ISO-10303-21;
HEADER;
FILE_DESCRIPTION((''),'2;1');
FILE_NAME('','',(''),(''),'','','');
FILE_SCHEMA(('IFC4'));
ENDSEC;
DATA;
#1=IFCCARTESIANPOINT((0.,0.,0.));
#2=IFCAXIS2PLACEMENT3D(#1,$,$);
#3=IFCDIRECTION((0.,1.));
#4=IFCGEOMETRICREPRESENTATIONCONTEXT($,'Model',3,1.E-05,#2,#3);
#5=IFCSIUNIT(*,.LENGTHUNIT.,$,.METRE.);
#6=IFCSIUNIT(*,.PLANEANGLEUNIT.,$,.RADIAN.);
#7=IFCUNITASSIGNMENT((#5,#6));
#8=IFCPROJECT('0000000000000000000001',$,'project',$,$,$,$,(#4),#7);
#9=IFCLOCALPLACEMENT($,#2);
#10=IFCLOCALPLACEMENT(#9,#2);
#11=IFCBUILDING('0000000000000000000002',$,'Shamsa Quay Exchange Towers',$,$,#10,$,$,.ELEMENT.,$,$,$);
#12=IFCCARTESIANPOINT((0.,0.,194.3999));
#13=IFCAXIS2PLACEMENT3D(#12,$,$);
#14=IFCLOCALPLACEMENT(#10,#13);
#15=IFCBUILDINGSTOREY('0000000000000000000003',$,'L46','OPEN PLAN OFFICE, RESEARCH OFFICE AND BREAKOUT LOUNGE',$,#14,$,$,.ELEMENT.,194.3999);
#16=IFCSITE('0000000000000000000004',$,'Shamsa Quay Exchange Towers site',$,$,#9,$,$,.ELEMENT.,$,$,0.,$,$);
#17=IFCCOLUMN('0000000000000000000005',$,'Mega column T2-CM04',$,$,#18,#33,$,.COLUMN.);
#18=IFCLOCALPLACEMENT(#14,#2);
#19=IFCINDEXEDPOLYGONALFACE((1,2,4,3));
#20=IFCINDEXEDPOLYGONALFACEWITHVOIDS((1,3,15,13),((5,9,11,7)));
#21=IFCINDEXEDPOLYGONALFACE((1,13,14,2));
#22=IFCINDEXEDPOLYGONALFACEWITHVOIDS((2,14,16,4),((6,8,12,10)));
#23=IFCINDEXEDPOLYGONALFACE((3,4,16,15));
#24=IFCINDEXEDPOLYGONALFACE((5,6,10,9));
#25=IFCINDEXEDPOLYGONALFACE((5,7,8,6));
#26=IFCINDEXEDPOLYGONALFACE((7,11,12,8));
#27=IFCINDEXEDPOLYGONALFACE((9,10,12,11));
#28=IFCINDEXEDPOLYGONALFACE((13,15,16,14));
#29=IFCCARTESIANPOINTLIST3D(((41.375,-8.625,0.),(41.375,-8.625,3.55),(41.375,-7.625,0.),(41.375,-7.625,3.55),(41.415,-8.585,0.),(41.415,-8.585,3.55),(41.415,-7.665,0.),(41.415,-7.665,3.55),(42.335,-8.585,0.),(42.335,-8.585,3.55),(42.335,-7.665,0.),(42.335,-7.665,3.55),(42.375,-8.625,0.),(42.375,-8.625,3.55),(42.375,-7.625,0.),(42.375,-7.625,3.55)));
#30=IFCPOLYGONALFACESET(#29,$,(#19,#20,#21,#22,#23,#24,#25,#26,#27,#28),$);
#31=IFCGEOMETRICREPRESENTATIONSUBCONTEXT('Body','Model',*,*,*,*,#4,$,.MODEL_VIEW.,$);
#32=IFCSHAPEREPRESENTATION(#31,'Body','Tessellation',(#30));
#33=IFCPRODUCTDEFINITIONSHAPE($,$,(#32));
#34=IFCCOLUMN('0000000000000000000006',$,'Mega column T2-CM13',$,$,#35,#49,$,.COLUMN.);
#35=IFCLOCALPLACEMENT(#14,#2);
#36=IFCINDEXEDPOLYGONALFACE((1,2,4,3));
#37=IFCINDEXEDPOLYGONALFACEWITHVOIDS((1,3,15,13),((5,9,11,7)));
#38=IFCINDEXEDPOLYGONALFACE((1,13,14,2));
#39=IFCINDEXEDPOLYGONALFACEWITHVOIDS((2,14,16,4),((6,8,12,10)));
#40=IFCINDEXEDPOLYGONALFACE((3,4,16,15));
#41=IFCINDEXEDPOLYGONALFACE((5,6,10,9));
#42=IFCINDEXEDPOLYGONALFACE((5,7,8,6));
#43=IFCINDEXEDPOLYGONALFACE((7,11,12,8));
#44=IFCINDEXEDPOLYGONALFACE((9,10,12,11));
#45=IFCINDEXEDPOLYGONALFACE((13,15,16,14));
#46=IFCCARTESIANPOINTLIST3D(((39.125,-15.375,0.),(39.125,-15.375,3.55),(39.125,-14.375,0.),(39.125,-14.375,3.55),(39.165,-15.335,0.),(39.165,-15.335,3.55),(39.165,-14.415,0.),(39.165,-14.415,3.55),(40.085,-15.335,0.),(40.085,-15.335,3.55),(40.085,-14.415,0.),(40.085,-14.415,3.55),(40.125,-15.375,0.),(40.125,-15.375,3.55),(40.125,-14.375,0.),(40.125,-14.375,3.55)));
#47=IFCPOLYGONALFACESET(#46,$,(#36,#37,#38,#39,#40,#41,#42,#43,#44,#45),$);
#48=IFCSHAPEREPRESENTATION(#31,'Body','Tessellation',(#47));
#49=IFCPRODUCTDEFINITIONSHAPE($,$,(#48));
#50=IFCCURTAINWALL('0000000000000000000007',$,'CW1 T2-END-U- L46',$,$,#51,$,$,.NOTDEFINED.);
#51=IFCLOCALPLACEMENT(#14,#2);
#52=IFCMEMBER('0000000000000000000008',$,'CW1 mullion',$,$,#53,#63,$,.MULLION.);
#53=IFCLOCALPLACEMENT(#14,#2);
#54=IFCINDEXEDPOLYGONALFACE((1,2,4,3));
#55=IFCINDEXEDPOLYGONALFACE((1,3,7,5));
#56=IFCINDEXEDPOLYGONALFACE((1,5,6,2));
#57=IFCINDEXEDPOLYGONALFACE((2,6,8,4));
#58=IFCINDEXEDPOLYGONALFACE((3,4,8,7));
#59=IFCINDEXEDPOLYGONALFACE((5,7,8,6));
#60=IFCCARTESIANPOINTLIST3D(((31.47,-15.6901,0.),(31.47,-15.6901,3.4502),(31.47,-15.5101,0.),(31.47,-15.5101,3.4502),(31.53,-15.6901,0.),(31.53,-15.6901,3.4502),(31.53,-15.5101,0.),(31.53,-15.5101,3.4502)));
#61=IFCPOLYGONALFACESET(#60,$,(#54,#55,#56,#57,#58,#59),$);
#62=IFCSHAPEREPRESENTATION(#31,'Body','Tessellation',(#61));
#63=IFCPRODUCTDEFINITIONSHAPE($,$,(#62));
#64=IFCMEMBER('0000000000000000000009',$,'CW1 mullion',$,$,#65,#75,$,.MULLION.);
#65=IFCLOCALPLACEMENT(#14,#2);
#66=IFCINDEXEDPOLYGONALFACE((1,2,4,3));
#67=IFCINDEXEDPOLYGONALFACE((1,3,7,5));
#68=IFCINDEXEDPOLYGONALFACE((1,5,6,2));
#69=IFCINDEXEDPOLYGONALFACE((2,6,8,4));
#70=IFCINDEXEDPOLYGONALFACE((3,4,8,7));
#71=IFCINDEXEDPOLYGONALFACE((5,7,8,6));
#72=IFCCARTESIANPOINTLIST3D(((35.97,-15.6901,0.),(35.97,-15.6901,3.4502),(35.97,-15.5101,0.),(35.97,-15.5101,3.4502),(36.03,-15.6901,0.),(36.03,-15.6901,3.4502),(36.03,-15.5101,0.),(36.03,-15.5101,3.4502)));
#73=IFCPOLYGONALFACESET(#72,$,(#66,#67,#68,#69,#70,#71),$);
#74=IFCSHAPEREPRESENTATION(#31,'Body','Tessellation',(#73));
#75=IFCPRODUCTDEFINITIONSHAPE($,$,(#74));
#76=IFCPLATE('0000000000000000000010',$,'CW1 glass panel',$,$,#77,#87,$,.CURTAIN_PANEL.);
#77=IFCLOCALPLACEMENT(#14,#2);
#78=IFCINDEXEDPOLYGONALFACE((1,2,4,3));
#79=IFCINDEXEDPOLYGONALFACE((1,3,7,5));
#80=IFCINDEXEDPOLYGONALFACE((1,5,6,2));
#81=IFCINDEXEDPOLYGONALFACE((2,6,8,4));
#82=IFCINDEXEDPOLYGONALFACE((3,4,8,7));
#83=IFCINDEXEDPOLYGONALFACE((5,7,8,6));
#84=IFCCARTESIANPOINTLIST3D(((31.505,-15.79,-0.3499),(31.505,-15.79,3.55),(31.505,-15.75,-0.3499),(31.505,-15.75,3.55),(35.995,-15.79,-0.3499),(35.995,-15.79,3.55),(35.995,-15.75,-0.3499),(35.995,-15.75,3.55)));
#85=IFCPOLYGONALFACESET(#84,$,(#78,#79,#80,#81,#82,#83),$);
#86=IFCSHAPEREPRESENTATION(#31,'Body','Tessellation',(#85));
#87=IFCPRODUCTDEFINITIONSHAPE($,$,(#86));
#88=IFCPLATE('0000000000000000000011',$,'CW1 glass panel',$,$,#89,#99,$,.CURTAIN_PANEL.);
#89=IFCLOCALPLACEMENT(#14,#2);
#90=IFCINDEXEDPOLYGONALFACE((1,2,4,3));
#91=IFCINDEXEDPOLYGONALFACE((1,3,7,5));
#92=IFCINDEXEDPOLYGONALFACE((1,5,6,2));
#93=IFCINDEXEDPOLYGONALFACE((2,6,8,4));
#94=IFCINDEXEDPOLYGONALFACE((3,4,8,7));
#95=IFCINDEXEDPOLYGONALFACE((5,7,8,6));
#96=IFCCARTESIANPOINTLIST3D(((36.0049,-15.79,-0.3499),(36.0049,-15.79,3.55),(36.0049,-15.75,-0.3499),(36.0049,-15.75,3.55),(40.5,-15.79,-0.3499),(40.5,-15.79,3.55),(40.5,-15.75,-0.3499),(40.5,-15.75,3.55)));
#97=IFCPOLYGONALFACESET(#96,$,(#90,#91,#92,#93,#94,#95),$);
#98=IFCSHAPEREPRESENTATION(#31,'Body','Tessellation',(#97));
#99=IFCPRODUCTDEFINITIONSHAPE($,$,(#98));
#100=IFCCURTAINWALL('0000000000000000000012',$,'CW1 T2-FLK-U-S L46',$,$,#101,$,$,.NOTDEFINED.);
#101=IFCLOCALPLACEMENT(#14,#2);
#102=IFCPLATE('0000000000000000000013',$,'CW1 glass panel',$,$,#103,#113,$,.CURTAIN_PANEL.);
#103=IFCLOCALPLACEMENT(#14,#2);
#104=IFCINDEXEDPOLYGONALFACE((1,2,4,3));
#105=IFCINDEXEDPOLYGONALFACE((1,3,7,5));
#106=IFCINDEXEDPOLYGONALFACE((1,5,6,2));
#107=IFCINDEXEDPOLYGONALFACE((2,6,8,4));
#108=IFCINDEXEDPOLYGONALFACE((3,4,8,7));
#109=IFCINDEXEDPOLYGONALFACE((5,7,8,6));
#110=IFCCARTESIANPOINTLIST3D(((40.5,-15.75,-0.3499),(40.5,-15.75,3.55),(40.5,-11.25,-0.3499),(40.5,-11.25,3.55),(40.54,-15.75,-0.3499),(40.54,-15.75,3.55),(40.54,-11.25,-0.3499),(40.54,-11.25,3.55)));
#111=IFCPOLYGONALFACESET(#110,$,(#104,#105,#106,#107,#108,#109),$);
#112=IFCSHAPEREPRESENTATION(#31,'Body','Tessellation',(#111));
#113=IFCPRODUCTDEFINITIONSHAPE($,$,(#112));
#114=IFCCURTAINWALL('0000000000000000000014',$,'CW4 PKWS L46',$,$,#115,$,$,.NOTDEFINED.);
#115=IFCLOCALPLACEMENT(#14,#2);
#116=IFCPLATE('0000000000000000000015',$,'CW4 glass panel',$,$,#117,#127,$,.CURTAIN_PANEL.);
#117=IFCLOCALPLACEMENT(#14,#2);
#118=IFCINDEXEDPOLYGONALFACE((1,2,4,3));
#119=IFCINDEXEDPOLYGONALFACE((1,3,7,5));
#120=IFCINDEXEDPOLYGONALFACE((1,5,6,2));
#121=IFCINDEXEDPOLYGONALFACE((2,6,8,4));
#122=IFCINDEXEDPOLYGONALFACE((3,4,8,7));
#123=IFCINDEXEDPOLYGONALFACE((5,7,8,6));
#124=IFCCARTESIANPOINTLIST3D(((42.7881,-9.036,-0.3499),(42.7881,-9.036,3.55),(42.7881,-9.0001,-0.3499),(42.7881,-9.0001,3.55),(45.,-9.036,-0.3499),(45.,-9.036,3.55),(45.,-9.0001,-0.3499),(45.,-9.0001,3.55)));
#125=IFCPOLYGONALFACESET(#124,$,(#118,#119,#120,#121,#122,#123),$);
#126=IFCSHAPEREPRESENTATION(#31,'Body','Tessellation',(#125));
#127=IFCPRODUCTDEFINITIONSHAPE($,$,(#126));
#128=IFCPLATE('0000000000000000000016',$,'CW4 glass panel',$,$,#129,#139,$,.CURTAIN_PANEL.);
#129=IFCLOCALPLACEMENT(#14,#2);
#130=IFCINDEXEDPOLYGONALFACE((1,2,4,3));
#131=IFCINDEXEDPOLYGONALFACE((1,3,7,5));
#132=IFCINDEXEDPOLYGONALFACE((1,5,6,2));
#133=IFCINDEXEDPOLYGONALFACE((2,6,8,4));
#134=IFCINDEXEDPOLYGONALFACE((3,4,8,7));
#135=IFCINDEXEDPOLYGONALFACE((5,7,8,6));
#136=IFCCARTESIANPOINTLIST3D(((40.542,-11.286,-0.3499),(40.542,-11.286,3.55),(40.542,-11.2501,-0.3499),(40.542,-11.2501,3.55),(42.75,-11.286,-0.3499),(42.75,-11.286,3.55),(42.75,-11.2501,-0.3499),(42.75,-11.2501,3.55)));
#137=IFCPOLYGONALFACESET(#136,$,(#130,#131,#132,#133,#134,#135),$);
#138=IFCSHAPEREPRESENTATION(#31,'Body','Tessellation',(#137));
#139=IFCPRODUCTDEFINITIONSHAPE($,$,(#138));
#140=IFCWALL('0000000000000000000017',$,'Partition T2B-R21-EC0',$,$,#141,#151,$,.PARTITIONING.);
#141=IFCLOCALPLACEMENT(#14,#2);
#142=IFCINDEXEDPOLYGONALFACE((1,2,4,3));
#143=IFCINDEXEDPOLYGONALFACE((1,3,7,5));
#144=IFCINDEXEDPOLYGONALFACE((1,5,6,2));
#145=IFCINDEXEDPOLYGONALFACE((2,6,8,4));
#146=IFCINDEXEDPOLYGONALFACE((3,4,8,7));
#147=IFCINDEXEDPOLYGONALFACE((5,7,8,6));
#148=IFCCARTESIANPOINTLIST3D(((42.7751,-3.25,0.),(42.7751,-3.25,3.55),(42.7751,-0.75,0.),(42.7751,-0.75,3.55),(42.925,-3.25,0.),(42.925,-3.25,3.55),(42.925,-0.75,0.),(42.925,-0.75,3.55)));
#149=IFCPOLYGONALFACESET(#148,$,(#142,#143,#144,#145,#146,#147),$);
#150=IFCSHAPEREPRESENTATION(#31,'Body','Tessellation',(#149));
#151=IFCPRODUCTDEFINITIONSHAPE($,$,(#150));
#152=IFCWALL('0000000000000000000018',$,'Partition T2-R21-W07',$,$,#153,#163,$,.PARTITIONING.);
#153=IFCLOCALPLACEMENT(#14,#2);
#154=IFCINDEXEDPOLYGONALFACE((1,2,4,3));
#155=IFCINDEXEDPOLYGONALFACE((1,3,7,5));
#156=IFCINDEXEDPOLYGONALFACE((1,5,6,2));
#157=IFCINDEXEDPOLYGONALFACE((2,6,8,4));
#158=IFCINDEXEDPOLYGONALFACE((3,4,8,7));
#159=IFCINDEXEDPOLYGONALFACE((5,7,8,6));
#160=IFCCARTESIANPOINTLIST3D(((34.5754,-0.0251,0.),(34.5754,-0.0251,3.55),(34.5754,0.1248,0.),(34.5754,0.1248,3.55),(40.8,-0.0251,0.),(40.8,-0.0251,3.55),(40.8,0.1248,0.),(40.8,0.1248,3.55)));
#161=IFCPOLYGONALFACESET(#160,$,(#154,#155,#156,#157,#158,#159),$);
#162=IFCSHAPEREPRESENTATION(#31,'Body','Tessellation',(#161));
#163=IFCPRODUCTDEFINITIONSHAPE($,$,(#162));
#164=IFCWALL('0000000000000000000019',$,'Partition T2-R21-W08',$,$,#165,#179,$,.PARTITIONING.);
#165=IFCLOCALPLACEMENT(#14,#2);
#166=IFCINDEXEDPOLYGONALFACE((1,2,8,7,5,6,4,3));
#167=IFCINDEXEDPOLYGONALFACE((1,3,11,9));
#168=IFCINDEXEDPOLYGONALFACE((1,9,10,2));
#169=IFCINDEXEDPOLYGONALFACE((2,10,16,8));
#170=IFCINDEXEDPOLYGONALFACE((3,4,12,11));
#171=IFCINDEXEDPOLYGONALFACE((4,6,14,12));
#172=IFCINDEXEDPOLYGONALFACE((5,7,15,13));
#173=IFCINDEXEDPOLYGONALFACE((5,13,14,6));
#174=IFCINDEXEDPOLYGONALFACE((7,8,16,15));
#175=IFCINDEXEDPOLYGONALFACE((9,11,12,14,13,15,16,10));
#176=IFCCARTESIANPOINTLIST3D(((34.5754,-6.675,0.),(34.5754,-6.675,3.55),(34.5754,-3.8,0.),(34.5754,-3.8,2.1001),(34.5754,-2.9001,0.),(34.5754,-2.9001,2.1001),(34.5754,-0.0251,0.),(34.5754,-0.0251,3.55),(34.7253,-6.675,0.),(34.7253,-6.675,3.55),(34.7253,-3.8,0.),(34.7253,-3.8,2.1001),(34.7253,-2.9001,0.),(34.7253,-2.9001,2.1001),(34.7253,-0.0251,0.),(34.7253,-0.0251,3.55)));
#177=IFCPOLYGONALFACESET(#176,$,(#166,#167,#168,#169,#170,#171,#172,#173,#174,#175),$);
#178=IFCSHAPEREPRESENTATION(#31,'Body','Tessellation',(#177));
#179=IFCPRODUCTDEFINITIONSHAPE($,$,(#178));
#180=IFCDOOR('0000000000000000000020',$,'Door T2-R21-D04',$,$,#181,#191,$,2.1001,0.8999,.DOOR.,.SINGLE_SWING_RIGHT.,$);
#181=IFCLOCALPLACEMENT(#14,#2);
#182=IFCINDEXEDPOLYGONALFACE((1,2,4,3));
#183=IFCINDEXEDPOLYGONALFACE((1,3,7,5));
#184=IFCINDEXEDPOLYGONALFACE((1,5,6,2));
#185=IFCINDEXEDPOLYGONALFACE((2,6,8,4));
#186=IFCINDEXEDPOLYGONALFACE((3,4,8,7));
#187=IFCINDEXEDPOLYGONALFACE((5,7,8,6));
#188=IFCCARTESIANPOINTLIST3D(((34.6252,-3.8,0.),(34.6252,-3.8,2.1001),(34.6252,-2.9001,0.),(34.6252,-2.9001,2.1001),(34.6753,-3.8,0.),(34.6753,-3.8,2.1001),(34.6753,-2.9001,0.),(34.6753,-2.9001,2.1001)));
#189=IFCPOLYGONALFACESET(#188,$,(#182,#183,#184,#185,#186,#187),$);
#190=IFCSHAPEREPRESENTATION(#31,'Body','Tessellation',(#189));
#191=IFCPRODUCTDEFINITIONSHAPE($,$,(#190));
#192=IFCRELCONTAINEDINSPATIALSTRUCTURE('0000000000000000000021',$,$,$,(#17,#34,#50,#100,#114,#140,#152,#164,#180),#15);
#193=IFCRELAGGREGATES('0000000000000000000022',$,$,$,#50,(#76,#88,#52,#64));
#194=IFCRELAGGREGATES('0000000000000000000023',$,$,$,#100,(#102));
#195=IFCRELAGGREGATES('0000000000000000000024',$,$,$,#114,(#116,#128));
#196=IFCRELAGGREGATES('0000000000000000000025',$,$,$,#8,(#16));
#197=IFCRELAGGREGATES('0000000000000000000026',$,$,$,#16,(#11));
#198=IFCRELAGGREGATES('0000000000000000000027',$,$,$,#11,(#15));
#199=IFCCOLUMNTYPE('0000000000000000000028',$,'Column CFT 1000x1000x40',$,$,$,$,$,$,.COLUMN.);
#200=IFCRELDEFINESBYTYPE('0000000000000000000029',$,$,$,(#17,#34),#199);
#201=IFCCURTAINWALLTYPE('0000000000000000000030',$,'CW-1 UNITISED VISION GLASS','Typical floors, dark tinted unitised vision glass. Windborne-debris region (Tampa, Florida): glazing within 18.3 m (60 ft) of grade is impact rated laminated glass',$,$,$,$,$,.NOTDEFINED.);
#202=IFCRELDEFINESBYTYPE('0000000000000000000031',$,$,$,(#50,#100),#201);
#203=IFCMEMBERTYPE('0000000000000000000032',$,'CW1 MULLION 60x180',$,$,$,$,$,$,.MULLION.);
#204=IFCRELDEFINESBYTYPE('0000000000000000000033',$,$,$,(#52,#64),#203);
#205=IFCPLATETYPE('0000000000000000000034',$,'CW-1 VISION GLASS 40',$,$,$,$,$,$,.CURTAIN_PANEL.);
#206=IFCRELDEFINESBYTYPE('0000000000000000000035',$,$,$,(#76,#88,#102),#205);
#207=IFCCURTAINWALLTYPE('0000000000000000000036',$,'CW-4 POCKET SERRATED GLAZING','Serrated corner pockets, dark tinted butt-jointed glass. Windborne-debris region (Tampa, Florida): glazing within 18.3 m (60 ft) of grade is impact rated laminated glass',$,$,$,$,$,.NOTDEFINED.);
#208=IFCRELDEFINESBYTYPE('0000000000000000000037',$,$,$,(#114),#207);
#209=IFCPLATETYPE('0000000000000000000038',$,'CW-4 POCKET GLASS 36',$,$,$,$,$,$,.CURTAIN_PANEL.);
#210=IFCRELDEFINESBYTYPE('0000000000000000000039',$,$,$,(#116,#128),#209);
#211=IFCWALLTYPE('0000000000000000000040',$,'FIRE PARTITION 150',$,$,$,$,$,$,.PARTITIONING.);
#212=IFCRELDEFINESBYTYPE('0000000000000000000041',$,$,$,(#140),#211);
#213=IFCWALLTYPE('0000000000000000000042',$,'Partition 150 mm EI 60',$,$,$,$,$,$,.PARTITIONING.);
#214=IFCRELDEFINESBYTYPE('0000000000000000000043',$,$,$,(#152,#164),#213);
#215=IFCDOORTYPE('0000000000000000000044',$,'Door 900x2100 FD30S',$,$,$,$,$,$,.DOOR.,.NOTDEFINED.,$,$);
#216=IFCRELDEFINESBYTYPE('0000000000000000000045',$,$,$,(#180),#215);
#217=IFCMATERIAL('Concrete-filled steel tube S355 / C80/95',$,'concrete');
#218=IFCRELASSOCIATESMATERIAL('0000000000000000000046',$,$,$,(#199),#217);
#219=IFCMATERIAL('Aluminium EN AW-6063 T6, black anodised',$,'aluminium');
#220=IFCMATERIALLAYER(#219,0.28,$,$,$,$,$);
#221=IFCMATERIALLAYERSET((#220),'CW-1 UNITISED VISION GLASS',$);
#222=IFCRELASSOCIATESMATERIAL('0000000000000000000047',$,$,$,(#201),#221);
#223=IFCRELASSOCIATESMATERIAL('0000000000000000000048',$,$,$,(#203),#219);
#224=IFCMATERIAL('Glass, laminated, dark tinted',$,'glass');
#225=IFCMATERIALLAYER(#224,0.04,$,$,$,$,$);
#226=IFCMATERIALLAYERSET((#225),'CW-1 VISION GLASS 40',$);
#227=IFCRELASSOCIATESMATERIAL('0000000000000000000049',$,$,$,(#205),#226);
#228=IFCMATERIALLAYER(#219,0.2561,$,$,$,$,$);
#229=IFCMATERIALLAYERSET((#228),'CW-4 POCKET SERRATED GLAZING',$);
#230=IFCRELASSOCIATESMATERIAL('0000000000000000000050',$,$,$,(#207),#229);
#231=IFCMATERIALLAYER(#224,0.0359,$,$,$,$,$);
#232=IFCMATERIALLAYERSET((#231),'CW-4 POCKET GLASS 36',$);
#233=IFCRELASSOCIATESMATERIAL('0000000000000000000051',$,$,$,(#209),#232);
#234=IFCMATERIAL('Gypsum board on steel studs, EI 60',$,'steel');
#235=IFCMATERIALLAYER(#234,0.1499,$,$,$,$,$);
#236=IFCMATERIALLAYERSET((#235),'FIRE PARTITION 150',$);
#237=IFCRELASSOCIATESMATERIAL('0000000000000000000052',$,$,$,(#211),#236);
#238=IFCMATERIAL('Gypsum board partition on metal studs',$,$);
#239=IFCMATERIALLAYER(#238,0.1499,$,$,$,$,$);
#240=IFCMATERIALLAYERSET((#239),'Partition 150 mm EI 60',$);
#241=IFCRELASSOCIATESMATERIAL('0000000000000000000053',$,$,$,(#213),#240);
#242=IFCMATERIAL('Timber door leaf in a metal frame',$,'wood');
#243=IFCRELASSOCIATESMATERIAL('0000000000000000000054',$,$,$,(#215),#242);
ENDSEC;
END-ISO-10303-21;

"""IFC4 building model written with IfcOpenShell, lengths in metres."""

from ifc_helpers import new_model, si_unit, direction, frame, frame_2d, origin, origin_2d, place, context, subcontext, project, spatial, rectangle, hollow_rectangle, extrude, material, layer, layer_set, material_profile, profile_set, type_object, element, fill, aggregate, save


model = new_model("IFC4")

# Units and contexts
model_context = context("Model", 3, precision=1e-05, world=origin(), true_north=direction((0.0, 1.0)))
body_context = subcontext(model_context, "Body", "Model", "MODEL_VIEW")
ifc_project = project(units=[si_unit("LENGTHUNIT", "METRE"), si_unit("PLANEANGLEUNIT", "RADIAN")], contexts=[model_context])

# Site, building, storey
site_placement = place(None, origin())
site = spatial("IfcSite", under=ifc_project, at=site_placement, Name="Shamsa Quay Exchange Towers site", CompositionType="ELEMENT", RefElevation=0.0)
building_placement = place(site_placement, origin())
building = spatial("IfcBuilding", under=site, at=building_placement, Name="Shamsa Quay Exchange Towers", CompositionType="ELEMENT")
storey_placement = place(building_placement, frame((0.0, 0.0, 194.3999)))
storey = spatial("IfcBuildingStorey", under=building, at=storey_placement, Name="L46", Description="OPEN PLAN OFFICE, RESEARCH OFFICE AND BREAKOUT LOUNGE", CompositionType="ELEMENT", Elevation=194.3999)

# Columns
ifc_material_1 = material(Name="Concrete-filled steel tube S355 / C80/95", Category="concrete")
ifc_material_profile_1 = material_profile(ifc_material_1, hollow_rectangle(XDim=1.0, YDim=1.0, WallThickness=0.04, at=origin_2d()), Name="CFT 1000x1000x40")
ifc_profile_set_1 = profile_set([ifc_material_profile_1], Name="Concrete-filled steel tube S355 / C80/95")
column_type = type_object("IfcColumnType", Name="Column CFT 1000x1000x40", PredefinedType="COLUMN", material=ifc_profile_set_1)
for number, where, name in (
    (1, (41.875, -8.125, 0.0), "Mega column T2-CM04"),
    (2, (39.625, -14.875, 0.0), "Mega column T2-CM13"),
):
    element("IfcColumn", number, at=place(storey_placement, frame(where)), inside=storey, type_object=column_type, Name=name, PredefinedType="COLUMN", context=body_context, shape_type="SweptSolid", body=[
        extrude(hollow_rectangle(XDim=1.0, YDim=1.0, WallThickness=0.04, at=origin_2d()), origin(), (0.0, 0.0, 1.0), 3.55),
    ])

# Curtain wall, members, plates
ifc_material_2 = material(Name="Aluminium EN AW-6063 T6, black anodised", Category="aluminium")
ifc_layer_1 = layer(ifc_material_2, 0.28)
ifc_layer_set_1 = layer_set([ifc_layer_1], Name="CW-1 UNITISED VISION GLASS")
curtain_wall_type_1 = type_object("IfcCurtainWallType", Name="CW-1 UNITISED VISION GLASS", Description="Typical floors, dark tinted unitised vision glass. Windborne-debris region (Tampa, Florida): glazing within 18.3 m (60 ft) of grade is impact rated laminated glass", PredefinedType="NOTDEFINED", material=ifc_layer_set_1)
curtain_wall_1_placement = place(storey_placement, origin())
curtain_wall_1 = element("IfcCurtainWall", 3, at=curtain_wall_1_placement, inside=storey, type_object=curtain_wall_type_1, Name="CW1 T2-END-U- L46", PredefinedType="NOTDEFINED")
ifc_material_profile_2 = material_profile(ifc_material_2, rectangle(XDim=0.1799, YDim=0.0601, at=origin_2d()), Name="MU60x180")
ifc_profile_set_2 = profile_set([ifc_material_profile_2], Name="Aluminium EN AW-6063 T6, black anodised")
member_type = type_object("IfcMemberType", Name="CW1 MULLION 60x180", PredefinedType="MULLION", material=ifc_profile_set_2)
member_1_placement = place(storey_placement, frame((31.5, -15.6001, 0.0), z_axis=(0.0, 0.0, 1.0), x_axis=(0.0, 1.0, 0.0)))
member_1 = element("IfcMember", 4, at=member_1_placement, type_object=member_type, Name="CW1 mullion", PredefinedType="MULLION", context=body_context, shape_type="SweptSolid", body=[
    extrude(rectangle(XDim=0.1799, YDim=0.0601, at=origin_2d()), origin(), (0.0, 0.0, 1.0), 3.4502),
])
member_2_placement = place(storey_placement, frame((36.0, -15.6001, 0.0), z_axis=(0.0, 0.0, 1.0), x_axis=(0.0, 1.0, 0.0)))
member_2 = element("IfcMember", 5, at=member_2_placement, type_object=member_type, Name="CW1 mullion", PredefinedType="MULLION", context=body_context, shape_type="SweptSolid", body=[
    extrude(rectangle(XDim=0.1799, YDim=0.0601, at=origin_2d()), origin(), (0.0, 0.0, 1.0), 3.4502),
])
ifc_material_3 = material(Name="Glass, laminated, dark tinted", Category="glass")
ifc_layer_2 = layer(ifc_material_3, 0.04)
ifc_layer_set_2 = layer_set([ifc_layer_2], Name="CW-1 VISION GLASS 40")
plate_type_1 = type_object("IfcPlateType", Name="CW-1 VISION GLASS 40", PredefinedType="CURTAIN_PANEL", material=ifc_layer_set_2)
plate_1_placement = place(storey_placement, frame((33.75, -15.77, -0.3499)))
plate_1 = element("IfcPlate", 6, at=plate_1_placement, type_object=plate_type_1, Name="CW1 glass panel", PredefinedType="CURTAIN_PANEL", context=body_context, shape_type="SweptSolid", body=[
    extrude(rectangle(XDim=4.49, YDim=0.04, at=origin_2d()), origin(), (0.0, 0.0, 1.0), 3.8999),
])
plate_2_placement = place(storey_placement, frame((38.2524, -15.77, -0.3499)))
plate_2 = element("IfcPlate", 7, at=plate_2_placement, type_object=plate_type_1, Name="CW1 glass panel", PredefinedType="CURTAIN_PANEL", context=body_context, shape_type="SweptSolid", body=[
    extrude(rectangle(XDim=4.4951, YDim=0.04, at=origin_2d()), origin(), (0.0, 0.0, 1.0), 3.8999),
])
aggregate(curtain_wall_1, [plate_1, plate_2, member_1, member_2])

# Curtain wall, plate
curtain_wall_2_placement = place(storey_placement, origin())
curtain_wall_2 = element("IfcCurtainWall", 8, at=curtain_wall_2_placement, inside=storey, type_object=curtain_wall_type_1, Name="CW1 T2-FLK-U-S L46", PredefinedType="NOTDEFINED")
plate_3_placement = place(storey_placement, frame((40.52, -13.5, -0.3499), z_axis=(0.0, 0.0, 1.0), x_axis=(0.0, 1.0, 0.0)))
plate_3 = element("IfcPlate", 9, at=plate_3_placement, type_object=plate_type_1, Name="CW1 glass panel", PredefinedType="CURTAIN_PANEL", context=body_context, shape_type="SweptSolid", body=[
    extrude(rectangle(XDim=4.5, YDim=0.04, at=origin_2d()), origin(), (0.0, 0.0, 1.0), 3.8999),
])
aggregate(curtain_wall_2, [plate_3])

# Curtain wall, plates
ifc_layer_3 = layer(ifc_material_2, 0.2561)
ifc_layer_set_3 = layer_set([ifc_layer_3], Name="CW-4 POCKET SERRATED GLAZING")
curtain_wall_type_2 = type_object("IfcCurtainWallType", Name="CW-4 POCKET SERRATED GLAZING", Description="Serrated corner pockets, dark tinted butt-jointed glass. Windborne-debris region (Tampa, Florida): glazing within 18.3 m (60 ft) of grade is impact rated laminated glass", PredefinedType="NOTDEFINED", material=ifc_layer_set_3)
curtain_wall_3_placement = place(storey_placement, origin())
curtain_wall_3 = element("IfcCurtainWall", 10, at=curtain_wall_3_placement, inside=storey, type_object=curtain_wall_type_2, Name="CW4 PKWS L46", PredefinedType="NOTDEFINED")
ifc_layer_4 = layer(ifc_material_3, 0.0359)
ifc_layer_set_4 = layer_set([ifc_layer_4], Name="CW-4 POCKET GLASS 36")
plate_type_2 = type_object("IfcPlateType", Name="CW-4 POCKET GLASS 36", PredefinedType="CURTAIN_PANEL", material=ifc_layer_set_4)
plate_4_placement = place(storey_placement, frame((43.894, -9.0181, -0.3499)))
plate_4 = element("IfcPlate", 11, at=plate_4_placement, type_object=plate_type_2, Name="CW4 glass panel", PredefinedType="CURTAIN_PANEL", context=body_context, shape_type="SweptSolid", body=[
    extrude(rectangle(XDim=2.2119, YDim=0.0359, at=origin_2d()), origin(), (0.0, 0.0, 1.0), 3.8999),
])
plate_5_placement = place(storey_placement, frame((41.646, -11.2681, -0.3499)))
plate_5 = element("IfcPlate", 12, at=plate_5_placement, type_object=plate_type_2, Name="CW4 glass panel", PredefinedType="CURTAIN_PANEL", context=body_context, shape_type="SweptSolid", body=[
    extrude(rectangle(XDim=2.208, YDim=0.0359, at=origin_2d()), origin(), (0.0, 0.0, 1.0), 3.8999),
])
aggregate(curtain_wall_3, [plate_4, plate_5])

# Walls
ifc_material_4 = material(Name="Gypsum board on steel studs, EI 60", Category="steel")
ifc_layer_5 = layer(ifc_material_4, 0.1499)
ifc_layer_set_5 = layer_set([ifc_layer_5], Name="FIRE PARTITION 150")
wall_type_1 = type_object("IfcWallType", Name="FIRE PARTITION 150", PredefinedType="PARTITIONING", material=ifc_layer_set_5)
wall_1_placement = place(storey_placement, frame((42.8501, -3.25, 0.0), z_axis=(0.0, 0.0, 1.0), x_axis=(0.0, 1.0, 0.0)))
element("IfcWall", 13, at=wall_1_placement, inside=storey, type_object=wall_type_1, Name="Partition T2B-R21-EC0", PredefinedType="PARTITIONING", context=body_context, shape_type="SweptSolid", body=[
    extrude(rectangle(XDim=2.5, YDim=0.1499, at=frame_2d((1.25, 0.0))), origin(), (0.0, 0.0, 1.0), 3.55),
])
ifc_material_5 = material(Name="Gypsum board partition on metal studs")
ifc_layer_6 = layer(ifc_material_5, 0.1499)
ifc_layer_set_6 = layer_set([ifc_layer_6], Name="Partition 150 mm EI 60")
wall_type_2 = type_object("IfcWallType", Name="Partition 150 mm EI 60", PredefinedType="PARTITIONING", material=ifc_layer_set_6)
wall_2_placement = place(storey_placement, frame((40.8, 0.0498, 0.0), z_axis=(0.0, 0.0, 1.0), x_axis=(-1.0, 0.0, 0.0)))
element("IfcWall", 14, at=wall_2_placement, inside=storey, type_object=wall_type_2, Name="Partition T2-R21-W07", PredefinedType="PARTITIONING", context=body_context, shape_type="SweptSolid", body=[
    extrude(rectangle(XDim=6.2246, YDim=0.1499, at=frame_2d((3.1123, 0.0))), origin(), (0.0, 0.0, 1.0), 3.55),
])

# Wall, opening, door
wall_3_placement = place(storey_placement, frame((34.6504, -0.0251, 0.0), z_axis=(0.0, 0.0, 1.0), x_axis=(0.0, -1.0, 0.0)))
wall_3 = element("IfcWall", 15, at=wall_3_placement, inside=storey, type_object=wall_type_2, Name="Partition T2-R21-W08", PredefinedType="PARTITIONING", context=body_context, shape_type="SweptSolid", body=[
    extrude(rectangle(XDim=6.6499, YDim=0.1499, at=frame_2d((3.325, 0.0))), origin(), (0.0, 0.0, 1.0), 3.55),
])
opening_1_placement = place(wall_3_placement, frame((2.875, 0.0, 0.0)))
opening_1 = element("IfcOpeningElement", 16, at=opening_1_placement, cuts=wall_3, PredefinedType="OPENING", context=body_context, shape_type="SweptSolid", body=[
    extrude(rectangle(XDim=0.8999, YDim=2.1001, at=frame_2d((0.45, 1.05))), frame((0.0, 0.085, 0.0), z_axis=(0.0, -1.0, 0.0), x_axis=(1.0, 0.0, 0.0)), (0.0, 0.0, 1.0), 0.1699),
])
ifc_material_6 = material(Name="Timber door leaf in a metal frame", Category="wood")
door_type_1 = type_object("IfcDoorType", Name="Door 900x2100 FD30S", OperationType="NOTDEFINED", PredefinedType="DOOR", material=ifc_material_6)
door_1_placement = place(opening_1_placement, origin())
door_1 = element("IfcDoor", 17, at=door_1_placement, inside=storey, type_object=door_type_1, Name="Door T2-R21-D04", OperationType="SINGLE_SWING_RIGHT", OverallHeight=2.1001, OverallWidth=0.8999, PredefinedType="DOOR", context=body_context, shape_type="SweptSolid", body=[
    extrude(rectangle(XDim=0.8999, YDim=2.1001, at=frame_2d((0.45, 1.05))), frame((0.0, 0.0249, 0.0), z_axis=(0.0, -1.0, 0.0), x_axis=(1.0, 0.0, 0.0)), (0.0, 0.0, 1.0), 0.05),
])
fill(opening_1, door_1)

save(model, "model.ifc")
